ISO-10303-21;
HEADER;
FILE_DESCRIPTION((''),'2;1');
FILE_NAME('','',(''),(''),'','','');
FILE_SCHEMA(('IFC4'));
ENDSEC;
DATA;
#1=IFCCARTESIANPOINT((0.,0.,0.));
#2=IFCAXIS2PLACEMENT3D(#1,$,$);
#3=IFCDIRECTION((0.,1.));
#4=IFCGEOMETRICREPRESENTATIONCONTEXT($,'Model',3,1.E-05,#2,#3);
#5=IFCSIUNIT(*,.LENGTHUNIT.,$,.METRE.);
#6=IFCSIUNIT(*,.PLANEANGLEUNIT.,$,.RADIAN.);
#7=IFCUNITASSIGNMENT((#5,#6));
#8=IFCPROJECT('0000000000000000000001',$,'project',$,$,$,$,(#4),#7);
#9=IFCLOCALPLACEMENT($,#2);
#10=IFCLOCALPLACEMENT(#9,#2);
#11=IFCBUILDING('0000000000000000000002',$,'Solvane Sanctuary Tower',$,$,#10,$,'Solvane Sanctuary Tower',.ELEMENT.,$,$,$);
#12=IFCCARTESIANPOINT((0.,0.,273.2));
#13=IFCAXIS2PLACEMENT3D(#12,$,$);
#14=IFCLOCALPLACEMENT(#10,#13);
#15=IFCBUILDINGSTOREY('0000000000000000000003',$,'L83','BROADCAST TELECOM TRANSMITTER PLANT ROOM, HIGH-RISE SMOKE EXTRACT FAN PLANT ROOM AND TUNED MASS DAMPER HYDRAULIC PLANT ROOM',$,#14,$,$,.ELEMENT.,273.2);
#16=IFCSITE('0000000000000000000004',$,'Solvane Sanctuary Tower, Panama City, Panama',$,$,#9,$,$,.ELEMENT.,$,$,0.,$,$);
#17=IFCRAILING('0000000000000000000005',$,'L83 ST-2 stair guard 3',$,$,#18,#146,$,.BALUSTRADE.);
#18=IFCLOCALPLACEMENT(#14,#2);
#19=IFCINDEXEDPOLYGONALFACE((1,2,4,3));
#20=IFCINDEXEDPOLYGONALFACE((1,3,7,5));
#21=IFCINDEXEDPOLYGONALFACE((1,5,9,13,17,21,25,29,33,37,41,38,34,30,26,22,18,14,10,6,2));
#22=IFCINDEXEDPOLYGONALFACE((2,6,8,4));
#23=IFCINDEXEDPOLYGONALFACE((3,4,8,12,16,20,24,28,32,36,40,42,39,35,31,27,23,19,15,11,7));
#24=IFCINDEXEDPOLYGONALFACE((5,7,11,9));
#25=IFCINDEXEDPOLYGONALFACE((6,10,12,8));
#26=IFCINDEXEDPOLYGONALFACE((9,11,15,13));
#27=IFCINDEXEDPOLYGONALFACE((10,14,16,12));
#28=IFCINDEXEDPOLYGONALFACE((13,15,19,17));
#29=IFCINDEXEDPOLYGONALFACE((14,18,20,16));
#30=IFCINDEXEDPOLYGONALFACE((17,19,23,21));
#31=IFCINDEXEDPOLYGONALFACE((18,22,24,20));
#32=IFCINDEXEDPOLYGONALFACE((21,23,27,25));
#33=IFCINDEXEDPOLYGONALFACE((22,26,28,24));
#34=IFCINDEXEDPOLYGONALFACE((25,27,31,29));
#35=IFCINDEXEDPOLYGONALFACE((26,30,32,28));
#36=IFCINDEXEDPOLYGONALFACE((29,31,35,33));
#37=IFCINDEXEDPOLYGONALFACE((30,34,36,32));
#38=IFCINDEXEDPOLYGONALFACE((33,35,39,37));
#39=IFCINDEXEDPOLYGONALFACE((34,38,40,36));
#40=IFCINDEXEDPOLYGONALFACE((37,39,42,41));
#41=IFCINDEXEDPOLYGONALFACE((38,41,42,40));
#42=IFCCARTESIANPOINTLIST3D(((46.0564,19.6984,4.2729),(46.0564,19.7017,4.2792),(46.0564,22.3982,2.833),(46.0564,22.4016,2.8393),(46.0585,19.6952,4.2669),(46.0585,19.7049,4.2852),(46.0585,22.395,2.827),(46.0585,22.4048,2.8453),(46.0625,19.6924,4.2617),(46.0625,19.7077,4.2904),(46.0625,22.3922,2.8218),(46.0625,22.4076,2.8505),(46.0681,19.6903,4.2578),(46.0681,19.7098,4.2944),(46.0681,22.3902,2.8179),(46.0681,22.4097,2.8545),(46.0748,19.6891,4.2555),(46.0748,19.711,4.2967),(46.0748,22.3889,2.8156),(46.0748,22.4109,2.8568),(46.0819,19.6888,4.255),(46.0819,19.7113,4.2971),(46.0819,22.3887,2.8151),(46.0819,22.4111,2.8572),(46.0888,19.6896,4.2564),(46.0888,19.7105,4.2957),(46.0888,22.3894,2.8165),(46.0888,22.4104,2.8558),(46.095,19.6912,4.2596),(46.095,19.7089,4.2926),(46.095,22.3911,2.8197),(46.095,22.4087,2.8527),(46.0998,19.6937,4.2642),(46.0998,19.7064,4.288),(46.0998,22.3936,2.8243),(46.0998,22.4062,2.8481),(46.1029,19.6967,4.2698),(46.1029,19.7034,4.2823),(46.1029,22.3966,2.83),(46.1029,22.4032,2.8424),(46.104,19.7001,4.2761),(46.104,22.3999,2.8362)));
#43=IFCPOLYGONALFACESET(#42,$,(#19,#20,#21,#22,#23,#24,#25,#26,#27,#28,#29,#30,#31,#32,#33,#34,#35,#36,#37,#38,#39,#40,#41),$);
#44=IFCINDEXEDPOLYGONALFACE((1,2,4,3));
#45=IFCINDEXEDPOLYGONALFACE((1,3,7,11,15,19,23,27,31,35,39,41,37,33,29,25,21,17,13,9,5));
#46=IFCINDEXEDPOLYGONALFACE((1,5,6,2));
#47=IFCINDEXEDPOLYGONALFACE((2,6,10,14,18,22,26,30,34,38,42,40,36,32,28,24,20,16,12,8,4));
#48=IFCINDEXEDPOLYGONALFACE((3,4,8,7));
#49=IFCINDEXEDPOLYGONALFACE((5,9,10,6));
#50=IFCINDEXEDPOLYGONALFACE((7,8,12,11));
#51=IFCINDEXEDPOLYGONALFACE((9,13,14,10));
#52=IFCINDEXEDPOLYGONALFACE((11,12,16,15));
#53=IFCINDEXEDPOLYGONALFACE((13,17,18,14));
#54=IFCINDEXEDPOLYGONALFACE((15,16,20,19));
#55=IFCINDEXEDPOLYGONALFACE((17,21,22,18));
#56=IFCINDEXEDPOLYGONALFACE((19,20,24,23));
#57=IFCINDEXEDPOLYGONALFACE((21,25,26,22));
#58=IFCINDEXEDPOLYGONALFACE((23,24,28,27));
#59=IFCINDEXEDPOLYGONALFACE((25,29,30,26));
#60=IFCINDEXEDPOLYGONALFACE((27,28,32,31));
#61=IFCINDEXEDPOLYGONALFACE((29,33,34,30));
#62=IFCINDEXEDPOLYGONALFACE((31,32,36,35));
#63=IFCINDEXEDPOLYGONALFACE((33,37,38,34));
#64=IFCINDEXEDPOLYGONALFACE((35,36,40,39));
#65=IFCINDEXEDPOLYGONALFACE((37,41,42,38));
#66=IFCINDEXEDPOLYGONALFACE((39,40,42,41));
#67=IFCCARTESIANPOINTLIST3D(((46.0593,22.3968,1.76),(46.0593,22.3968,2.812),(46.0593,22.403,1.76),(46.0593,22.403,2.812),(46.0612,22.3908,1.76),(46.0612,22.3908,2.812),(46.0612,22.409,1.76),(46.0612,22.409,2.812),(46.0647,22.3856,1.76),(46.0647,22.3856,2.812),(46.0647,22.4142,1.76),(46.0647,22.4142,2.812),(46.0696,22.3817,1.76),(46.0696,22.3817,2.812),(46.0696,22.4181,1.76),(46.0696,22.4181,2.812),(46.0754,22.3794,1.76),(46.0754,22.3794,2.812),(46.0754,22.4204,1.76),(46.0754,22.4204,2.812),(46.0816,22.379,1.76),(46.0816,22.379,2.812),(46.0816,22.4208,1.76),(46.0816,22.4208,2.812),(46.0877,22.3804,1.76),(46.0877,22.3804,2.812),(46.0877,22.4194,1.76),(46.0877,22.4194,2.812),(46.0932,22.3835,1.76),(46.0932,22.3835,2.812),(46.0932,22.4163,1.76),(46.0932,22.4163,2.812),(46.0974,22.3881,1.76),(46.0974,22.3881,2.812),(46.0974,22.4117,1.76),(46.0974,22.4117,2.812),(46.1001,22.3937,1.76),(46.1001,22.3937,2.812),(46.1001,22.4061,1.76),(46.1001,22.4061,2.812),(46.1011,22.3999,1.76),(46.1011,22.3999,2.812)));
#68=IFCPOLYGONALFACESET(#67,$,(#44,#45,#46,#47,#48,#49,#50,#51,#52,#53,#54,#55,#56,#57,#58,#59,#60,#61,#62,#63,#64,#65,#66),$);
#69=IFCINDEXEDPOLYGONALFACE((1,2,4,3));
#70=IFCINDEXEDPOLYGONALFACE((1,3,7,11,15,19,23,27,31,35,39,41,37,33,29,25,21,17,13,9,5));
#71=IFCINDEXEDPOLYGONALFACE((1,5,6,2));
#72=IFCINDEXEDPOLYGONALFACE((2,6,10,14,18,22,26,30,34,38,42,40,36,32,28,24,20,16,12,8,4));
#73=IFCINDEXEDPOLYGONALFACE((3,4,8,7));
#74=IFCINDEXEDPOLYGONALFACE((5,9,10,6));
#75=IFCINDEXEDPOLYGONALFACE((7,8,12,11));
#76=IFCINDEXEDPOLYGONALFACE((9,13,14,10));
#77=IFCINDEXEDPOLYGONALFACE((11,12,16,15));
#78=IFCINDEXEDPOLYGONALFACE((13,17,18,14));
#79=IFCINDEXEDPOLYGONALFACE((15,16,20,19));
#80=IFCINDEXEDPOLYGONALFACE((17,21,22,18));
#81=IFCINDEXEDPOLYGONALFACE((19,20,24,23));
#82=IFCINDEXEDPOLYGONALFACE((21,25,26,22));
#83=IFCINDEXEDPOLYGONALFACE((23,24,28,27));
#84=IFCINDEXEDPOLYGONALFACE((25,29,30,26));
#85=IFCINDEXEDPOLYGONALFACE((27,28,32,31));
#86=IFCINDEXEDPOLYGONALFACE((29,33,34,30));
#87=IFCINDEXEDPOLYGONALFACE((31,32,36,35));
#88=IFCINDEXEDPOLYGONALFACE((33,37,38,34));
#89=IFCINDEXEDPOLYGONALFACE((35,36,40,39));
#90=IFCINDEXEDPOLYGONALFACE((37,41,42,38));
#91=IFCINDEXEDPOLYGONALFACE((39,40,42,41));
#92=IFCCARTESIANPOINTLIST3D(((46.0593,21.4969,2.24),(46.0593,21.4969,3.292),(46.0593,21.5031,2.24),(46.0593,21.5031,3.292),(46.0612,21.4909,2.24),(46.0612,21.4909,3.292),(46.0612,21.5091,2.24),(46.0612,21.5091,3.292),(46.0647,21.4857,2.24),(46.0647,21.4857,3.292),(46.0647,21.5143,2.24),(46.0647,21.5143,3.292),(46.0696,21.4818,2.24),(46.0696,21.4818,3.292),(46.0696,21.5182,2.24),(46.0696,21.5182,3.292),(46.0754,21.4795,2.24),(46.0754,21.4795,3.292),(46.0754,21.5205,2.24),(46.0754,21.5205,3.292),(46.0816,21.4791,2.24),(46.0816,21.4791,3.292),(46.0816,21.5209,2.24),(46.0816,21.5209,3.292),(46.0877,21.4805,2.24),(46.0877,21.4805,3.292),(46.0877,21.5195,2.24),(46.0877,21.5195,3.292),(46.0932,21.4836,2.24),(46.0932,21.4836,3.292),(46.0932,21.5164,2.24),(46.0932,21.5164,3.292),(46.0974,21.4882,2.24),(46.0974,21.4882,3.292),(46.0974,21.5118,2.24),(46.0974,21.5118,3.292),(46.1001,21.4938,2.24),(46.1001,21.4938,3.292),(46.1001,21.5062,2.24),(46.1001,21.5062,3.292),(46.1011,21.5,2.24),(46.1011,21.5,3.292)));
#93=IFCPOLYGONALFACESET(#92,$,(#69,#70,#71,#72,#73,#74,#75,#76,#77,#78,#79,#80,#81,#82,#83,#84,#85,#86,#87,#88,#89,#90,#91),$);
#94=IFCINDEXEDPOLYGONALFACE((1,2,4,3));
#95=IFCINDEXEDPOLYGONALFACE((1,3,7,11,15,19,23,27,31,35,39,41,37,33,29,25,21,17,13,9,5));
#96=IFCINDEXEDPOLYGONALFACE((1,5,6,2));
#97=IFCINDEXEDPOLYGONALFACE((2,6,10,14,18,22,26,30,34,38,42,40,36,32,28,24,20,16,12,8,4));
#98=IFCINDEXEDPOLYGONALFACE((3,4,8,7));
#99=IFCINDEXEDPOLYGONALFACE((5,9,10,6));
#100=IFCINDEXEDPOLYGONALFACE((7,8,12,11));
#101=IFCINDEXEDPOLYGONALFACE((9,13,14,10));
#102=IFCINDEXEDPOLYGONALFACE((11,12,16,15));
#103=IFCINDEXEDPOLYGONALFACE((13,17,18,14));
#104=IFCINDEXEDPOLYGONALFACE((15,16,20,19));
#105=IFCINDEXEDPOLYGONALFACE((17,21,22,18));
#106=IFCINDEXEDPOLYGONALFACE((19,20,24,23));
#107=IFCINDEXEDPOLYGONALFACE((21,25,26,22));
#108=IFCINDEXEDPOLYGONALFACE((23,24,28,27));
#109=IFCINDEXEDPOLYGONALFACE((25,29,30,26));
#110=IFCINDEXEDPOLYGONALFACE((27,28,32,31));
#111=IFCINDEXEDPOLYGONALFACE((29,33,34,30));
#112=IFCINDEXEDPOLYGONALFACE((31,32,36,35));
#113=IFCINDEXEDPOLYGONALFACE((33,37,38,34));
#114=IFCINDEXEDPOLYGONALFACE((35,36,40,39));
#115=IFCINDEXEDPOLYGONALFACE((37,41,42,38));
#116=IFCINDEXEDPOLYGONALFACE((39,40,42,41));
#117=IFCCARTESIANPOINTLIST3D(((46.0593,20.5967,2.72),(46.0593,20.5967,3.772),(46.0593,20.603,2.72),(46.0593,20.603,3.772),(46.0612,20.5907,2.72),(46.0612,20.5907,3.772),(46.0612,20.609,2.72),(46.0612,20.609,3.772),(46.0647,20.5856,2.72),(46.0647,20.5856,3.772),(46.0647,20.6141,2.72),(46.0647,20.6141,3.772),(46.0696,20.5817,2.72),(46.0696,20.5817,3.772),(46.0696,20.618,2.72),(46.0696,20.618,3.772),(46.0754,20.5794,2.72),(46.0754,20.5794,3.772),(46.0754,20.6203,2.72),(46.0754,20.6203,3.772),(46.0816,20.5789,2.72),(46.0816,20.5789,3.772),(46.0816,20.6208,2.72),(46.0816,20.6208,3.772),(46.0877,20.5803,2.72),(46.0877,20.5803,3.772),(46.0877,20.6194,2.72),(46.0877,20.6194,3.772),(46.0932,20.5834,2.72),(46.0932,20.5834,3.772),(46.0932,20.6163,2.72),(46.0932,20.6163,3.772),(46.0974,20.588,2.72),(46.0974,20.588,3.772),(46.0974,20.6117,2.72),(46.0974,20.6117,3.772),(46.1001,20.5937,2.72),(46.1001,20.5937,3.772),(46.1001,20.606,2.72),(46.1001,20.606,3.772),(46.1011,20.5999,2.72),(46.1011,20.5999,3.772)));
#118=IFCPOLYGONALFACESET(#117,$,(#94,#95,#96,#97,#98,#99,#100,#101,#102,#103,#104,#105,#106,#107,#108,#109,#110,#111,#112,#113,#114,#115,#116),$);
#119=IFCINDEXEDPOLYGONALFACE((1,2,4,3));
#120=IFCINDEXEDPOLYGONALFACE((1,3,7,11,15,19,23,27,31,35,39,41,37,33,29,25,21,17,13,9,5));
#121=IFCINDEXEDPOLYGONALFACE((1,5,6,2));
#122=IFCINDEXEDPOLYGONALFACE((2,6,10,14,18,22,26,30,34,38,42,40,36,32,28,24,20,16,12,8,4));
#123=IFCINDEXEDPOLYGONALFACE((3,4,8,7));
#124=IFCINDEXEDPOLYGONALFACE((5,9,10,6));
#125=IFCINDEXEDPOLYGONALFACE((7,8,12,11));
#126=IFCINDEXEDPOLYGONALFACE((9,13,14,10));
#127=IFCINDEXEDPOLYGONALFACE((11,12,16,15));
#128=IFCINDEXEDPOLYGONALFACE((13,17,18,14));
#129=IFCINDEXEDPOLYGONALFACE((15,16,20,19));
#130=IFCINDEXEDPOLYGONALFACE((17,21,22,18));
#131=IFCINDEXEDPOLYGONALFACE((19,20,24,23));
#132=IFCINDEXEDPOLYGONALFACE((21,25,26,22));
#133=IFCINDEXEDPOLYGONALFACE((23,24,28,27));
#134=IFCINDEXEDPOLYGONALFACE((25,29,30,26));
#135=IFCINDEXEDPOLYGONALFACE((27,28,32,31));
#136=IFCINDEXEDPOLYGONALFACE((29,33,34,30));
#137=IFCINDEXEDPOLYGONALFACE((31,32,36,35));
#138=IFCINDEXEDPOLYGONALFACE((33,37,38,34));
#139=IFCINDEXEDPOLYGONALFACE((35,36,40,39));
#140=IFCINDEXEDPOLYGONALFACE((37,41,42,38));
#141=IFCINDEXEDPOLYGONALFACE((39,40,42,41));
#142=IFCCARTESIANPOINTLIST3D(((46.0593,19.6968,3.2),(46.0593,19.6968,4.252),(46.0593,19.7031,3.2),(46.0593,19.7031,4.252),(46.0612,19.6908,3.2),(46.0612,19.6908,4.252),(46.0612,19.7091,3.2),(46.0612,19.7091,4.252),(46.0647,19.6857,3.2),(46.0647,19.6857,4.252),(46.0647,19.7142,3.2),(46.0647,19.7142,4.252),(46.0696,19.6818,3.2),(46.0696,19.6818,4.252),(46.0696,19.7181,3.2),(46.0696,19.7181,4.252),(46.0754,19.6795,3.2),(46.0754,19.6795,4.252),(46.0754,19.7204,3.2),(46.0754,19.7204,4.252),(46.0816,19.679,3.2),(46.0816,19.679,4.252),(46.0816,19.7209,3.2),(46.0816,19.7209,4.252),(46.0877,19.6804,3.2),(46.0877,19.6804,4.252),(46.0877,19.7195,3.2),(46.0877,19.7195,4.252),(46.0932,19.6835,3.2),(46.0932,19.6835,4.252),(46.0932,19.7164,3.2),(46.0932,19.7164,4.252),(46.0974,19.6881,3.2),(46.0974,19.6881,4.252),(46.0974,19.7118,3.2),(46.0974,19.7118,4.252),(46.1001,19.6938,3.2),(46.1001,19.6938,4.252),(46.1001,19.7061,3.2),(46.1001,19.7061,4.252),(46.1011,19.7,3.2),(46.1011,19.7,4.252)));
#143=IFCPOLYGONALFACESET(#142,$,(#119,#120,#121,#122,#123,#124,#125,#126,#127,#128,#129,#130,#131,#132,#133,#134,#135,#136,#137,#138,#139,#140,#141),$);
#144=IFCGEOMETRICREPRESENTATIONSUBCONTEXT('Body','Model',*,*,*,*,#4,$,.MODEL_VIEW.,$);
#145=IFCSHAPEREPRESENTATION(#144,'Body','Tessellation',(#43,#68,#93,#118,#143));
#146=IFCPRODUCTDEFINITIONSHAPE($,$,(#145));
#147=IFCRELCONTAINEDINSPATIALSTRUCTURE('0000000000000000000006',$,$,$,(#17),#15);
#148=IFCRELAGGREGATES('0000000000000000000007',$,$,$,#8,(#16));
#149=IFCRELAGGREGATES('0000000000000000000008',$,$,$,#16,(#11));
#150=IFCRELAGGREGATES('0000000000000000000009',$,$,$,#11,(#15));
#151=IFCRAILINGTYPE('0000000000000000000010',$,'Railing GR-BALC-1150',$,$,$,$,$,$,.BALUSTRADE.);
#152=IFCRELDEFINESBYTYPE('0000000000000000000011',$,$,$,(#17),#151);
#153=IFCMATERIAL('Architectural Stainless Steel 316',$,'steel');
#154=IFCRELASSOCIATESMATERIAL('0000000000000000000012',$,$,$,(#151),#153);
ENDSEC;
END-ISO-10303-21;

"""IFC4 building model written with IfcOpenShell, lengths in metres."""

from ifc_helpers import new_model, si_unit, direction, frame, origin, origin_2d, place, context, subcontext, project, spatial, circle, extrude, material, type_object, element, save


model = new_model("IFC4")

# Units and contexts
model_context = context("Model", 3, precision=1e-05, world=origin(), true_north=direction((0.0, 1.0)))
body_context = subcontext(model_context, "Body", "Model", "MODEL_VIEW")
ifc_project = project(units=[si_unit("LENGTHUNIT", "METRE"), si_unit("PLANEANGLEUNIT", "RADIAN")], contexts=[model_context])

# Site, building, storey
site_placement = place(None, origin())
site = spatial("IfcSite", under=ifc_project, at=site_placement, Name="Solvane Sanctuary Tower, Panama City, Panama", CompositionType="ELEMENT", RefElevation=0.0)
building_placement = place(site_placement, origin())
building = spatial("IfcBuilding", under=site, at=building_placement, Name="Solvane Sanctuary Tower", LongName="Solvane Sanctuary Tower", CompositionType="ELEMENT")
storey_placement = place(building_placement, frame((0.0, 0.0, 273.2)))
storey = spatial("IfcBuildingStorey", under=building, at=storey_placement, Name="L83", Description="BROADCAST TELECOM TRANSMITTER PLANT ROOM, HIGH-RISE SMOKE EXTRACT FAN PLANT ROOM AND TUNED MASS DAMPER HYDRAULIC PLANT ROOM", CompositionType="ELEMENT", Elevation=273.2)

# Shared definitions
ifc_material_1 = material(Name="Architectural Stainless Steel 316", Category="steel")

# Railing
railing_type_1 = type_object("IfcRailingType", Name="Railing GR-BALC-1150", PredefinedType="BALUSTRADE", material=ifc_material_1)
railing_1_placement = place(storey_placement, frame((46.0801, 22.3999, 1.76)))
element("IfcRailing", 1, at=railing_1_placement, inside=storey, type_object=railing_type_1, Name="L83 ST-2 stair guard 3", PredefinedType="BALUSTRADE", context=body_context, shape_type="SweptSolid", body=[
    extrude(circle(Radius=0.0239, at=origin_2d()), frame((0.0, 0.0, 1.0762), z_axis=(0.0, -0.882357, 0.47058), x_axis=(1.0, 0.0, 0.0)), (0.0, 0.0, 1.0), 3.0598),
    extrude(circle(Radius=0.021, at=origin_2d()), origin(), (0.0, 0.0, 1.0), 1.052),
    extrude(circle(Radius=0.021, at=origin_2d()), frame((0.0, -0.8999, 0.48)), (0.0, 0.0, 1.0), 1.052),
    extrude(circle(Radius=0.021, at=origin_2d()), frame((0.0, -1.8, 0.96)), (0.0, 0.0, 1.0), 1.052),
    extrude(circle(Radius=0.021, at=origin_2d()), frame((0.0, -2.7, 1.4399)), (0.0, 0.0, 1.0), 1.052),
])

save(model, "model.ifc")
